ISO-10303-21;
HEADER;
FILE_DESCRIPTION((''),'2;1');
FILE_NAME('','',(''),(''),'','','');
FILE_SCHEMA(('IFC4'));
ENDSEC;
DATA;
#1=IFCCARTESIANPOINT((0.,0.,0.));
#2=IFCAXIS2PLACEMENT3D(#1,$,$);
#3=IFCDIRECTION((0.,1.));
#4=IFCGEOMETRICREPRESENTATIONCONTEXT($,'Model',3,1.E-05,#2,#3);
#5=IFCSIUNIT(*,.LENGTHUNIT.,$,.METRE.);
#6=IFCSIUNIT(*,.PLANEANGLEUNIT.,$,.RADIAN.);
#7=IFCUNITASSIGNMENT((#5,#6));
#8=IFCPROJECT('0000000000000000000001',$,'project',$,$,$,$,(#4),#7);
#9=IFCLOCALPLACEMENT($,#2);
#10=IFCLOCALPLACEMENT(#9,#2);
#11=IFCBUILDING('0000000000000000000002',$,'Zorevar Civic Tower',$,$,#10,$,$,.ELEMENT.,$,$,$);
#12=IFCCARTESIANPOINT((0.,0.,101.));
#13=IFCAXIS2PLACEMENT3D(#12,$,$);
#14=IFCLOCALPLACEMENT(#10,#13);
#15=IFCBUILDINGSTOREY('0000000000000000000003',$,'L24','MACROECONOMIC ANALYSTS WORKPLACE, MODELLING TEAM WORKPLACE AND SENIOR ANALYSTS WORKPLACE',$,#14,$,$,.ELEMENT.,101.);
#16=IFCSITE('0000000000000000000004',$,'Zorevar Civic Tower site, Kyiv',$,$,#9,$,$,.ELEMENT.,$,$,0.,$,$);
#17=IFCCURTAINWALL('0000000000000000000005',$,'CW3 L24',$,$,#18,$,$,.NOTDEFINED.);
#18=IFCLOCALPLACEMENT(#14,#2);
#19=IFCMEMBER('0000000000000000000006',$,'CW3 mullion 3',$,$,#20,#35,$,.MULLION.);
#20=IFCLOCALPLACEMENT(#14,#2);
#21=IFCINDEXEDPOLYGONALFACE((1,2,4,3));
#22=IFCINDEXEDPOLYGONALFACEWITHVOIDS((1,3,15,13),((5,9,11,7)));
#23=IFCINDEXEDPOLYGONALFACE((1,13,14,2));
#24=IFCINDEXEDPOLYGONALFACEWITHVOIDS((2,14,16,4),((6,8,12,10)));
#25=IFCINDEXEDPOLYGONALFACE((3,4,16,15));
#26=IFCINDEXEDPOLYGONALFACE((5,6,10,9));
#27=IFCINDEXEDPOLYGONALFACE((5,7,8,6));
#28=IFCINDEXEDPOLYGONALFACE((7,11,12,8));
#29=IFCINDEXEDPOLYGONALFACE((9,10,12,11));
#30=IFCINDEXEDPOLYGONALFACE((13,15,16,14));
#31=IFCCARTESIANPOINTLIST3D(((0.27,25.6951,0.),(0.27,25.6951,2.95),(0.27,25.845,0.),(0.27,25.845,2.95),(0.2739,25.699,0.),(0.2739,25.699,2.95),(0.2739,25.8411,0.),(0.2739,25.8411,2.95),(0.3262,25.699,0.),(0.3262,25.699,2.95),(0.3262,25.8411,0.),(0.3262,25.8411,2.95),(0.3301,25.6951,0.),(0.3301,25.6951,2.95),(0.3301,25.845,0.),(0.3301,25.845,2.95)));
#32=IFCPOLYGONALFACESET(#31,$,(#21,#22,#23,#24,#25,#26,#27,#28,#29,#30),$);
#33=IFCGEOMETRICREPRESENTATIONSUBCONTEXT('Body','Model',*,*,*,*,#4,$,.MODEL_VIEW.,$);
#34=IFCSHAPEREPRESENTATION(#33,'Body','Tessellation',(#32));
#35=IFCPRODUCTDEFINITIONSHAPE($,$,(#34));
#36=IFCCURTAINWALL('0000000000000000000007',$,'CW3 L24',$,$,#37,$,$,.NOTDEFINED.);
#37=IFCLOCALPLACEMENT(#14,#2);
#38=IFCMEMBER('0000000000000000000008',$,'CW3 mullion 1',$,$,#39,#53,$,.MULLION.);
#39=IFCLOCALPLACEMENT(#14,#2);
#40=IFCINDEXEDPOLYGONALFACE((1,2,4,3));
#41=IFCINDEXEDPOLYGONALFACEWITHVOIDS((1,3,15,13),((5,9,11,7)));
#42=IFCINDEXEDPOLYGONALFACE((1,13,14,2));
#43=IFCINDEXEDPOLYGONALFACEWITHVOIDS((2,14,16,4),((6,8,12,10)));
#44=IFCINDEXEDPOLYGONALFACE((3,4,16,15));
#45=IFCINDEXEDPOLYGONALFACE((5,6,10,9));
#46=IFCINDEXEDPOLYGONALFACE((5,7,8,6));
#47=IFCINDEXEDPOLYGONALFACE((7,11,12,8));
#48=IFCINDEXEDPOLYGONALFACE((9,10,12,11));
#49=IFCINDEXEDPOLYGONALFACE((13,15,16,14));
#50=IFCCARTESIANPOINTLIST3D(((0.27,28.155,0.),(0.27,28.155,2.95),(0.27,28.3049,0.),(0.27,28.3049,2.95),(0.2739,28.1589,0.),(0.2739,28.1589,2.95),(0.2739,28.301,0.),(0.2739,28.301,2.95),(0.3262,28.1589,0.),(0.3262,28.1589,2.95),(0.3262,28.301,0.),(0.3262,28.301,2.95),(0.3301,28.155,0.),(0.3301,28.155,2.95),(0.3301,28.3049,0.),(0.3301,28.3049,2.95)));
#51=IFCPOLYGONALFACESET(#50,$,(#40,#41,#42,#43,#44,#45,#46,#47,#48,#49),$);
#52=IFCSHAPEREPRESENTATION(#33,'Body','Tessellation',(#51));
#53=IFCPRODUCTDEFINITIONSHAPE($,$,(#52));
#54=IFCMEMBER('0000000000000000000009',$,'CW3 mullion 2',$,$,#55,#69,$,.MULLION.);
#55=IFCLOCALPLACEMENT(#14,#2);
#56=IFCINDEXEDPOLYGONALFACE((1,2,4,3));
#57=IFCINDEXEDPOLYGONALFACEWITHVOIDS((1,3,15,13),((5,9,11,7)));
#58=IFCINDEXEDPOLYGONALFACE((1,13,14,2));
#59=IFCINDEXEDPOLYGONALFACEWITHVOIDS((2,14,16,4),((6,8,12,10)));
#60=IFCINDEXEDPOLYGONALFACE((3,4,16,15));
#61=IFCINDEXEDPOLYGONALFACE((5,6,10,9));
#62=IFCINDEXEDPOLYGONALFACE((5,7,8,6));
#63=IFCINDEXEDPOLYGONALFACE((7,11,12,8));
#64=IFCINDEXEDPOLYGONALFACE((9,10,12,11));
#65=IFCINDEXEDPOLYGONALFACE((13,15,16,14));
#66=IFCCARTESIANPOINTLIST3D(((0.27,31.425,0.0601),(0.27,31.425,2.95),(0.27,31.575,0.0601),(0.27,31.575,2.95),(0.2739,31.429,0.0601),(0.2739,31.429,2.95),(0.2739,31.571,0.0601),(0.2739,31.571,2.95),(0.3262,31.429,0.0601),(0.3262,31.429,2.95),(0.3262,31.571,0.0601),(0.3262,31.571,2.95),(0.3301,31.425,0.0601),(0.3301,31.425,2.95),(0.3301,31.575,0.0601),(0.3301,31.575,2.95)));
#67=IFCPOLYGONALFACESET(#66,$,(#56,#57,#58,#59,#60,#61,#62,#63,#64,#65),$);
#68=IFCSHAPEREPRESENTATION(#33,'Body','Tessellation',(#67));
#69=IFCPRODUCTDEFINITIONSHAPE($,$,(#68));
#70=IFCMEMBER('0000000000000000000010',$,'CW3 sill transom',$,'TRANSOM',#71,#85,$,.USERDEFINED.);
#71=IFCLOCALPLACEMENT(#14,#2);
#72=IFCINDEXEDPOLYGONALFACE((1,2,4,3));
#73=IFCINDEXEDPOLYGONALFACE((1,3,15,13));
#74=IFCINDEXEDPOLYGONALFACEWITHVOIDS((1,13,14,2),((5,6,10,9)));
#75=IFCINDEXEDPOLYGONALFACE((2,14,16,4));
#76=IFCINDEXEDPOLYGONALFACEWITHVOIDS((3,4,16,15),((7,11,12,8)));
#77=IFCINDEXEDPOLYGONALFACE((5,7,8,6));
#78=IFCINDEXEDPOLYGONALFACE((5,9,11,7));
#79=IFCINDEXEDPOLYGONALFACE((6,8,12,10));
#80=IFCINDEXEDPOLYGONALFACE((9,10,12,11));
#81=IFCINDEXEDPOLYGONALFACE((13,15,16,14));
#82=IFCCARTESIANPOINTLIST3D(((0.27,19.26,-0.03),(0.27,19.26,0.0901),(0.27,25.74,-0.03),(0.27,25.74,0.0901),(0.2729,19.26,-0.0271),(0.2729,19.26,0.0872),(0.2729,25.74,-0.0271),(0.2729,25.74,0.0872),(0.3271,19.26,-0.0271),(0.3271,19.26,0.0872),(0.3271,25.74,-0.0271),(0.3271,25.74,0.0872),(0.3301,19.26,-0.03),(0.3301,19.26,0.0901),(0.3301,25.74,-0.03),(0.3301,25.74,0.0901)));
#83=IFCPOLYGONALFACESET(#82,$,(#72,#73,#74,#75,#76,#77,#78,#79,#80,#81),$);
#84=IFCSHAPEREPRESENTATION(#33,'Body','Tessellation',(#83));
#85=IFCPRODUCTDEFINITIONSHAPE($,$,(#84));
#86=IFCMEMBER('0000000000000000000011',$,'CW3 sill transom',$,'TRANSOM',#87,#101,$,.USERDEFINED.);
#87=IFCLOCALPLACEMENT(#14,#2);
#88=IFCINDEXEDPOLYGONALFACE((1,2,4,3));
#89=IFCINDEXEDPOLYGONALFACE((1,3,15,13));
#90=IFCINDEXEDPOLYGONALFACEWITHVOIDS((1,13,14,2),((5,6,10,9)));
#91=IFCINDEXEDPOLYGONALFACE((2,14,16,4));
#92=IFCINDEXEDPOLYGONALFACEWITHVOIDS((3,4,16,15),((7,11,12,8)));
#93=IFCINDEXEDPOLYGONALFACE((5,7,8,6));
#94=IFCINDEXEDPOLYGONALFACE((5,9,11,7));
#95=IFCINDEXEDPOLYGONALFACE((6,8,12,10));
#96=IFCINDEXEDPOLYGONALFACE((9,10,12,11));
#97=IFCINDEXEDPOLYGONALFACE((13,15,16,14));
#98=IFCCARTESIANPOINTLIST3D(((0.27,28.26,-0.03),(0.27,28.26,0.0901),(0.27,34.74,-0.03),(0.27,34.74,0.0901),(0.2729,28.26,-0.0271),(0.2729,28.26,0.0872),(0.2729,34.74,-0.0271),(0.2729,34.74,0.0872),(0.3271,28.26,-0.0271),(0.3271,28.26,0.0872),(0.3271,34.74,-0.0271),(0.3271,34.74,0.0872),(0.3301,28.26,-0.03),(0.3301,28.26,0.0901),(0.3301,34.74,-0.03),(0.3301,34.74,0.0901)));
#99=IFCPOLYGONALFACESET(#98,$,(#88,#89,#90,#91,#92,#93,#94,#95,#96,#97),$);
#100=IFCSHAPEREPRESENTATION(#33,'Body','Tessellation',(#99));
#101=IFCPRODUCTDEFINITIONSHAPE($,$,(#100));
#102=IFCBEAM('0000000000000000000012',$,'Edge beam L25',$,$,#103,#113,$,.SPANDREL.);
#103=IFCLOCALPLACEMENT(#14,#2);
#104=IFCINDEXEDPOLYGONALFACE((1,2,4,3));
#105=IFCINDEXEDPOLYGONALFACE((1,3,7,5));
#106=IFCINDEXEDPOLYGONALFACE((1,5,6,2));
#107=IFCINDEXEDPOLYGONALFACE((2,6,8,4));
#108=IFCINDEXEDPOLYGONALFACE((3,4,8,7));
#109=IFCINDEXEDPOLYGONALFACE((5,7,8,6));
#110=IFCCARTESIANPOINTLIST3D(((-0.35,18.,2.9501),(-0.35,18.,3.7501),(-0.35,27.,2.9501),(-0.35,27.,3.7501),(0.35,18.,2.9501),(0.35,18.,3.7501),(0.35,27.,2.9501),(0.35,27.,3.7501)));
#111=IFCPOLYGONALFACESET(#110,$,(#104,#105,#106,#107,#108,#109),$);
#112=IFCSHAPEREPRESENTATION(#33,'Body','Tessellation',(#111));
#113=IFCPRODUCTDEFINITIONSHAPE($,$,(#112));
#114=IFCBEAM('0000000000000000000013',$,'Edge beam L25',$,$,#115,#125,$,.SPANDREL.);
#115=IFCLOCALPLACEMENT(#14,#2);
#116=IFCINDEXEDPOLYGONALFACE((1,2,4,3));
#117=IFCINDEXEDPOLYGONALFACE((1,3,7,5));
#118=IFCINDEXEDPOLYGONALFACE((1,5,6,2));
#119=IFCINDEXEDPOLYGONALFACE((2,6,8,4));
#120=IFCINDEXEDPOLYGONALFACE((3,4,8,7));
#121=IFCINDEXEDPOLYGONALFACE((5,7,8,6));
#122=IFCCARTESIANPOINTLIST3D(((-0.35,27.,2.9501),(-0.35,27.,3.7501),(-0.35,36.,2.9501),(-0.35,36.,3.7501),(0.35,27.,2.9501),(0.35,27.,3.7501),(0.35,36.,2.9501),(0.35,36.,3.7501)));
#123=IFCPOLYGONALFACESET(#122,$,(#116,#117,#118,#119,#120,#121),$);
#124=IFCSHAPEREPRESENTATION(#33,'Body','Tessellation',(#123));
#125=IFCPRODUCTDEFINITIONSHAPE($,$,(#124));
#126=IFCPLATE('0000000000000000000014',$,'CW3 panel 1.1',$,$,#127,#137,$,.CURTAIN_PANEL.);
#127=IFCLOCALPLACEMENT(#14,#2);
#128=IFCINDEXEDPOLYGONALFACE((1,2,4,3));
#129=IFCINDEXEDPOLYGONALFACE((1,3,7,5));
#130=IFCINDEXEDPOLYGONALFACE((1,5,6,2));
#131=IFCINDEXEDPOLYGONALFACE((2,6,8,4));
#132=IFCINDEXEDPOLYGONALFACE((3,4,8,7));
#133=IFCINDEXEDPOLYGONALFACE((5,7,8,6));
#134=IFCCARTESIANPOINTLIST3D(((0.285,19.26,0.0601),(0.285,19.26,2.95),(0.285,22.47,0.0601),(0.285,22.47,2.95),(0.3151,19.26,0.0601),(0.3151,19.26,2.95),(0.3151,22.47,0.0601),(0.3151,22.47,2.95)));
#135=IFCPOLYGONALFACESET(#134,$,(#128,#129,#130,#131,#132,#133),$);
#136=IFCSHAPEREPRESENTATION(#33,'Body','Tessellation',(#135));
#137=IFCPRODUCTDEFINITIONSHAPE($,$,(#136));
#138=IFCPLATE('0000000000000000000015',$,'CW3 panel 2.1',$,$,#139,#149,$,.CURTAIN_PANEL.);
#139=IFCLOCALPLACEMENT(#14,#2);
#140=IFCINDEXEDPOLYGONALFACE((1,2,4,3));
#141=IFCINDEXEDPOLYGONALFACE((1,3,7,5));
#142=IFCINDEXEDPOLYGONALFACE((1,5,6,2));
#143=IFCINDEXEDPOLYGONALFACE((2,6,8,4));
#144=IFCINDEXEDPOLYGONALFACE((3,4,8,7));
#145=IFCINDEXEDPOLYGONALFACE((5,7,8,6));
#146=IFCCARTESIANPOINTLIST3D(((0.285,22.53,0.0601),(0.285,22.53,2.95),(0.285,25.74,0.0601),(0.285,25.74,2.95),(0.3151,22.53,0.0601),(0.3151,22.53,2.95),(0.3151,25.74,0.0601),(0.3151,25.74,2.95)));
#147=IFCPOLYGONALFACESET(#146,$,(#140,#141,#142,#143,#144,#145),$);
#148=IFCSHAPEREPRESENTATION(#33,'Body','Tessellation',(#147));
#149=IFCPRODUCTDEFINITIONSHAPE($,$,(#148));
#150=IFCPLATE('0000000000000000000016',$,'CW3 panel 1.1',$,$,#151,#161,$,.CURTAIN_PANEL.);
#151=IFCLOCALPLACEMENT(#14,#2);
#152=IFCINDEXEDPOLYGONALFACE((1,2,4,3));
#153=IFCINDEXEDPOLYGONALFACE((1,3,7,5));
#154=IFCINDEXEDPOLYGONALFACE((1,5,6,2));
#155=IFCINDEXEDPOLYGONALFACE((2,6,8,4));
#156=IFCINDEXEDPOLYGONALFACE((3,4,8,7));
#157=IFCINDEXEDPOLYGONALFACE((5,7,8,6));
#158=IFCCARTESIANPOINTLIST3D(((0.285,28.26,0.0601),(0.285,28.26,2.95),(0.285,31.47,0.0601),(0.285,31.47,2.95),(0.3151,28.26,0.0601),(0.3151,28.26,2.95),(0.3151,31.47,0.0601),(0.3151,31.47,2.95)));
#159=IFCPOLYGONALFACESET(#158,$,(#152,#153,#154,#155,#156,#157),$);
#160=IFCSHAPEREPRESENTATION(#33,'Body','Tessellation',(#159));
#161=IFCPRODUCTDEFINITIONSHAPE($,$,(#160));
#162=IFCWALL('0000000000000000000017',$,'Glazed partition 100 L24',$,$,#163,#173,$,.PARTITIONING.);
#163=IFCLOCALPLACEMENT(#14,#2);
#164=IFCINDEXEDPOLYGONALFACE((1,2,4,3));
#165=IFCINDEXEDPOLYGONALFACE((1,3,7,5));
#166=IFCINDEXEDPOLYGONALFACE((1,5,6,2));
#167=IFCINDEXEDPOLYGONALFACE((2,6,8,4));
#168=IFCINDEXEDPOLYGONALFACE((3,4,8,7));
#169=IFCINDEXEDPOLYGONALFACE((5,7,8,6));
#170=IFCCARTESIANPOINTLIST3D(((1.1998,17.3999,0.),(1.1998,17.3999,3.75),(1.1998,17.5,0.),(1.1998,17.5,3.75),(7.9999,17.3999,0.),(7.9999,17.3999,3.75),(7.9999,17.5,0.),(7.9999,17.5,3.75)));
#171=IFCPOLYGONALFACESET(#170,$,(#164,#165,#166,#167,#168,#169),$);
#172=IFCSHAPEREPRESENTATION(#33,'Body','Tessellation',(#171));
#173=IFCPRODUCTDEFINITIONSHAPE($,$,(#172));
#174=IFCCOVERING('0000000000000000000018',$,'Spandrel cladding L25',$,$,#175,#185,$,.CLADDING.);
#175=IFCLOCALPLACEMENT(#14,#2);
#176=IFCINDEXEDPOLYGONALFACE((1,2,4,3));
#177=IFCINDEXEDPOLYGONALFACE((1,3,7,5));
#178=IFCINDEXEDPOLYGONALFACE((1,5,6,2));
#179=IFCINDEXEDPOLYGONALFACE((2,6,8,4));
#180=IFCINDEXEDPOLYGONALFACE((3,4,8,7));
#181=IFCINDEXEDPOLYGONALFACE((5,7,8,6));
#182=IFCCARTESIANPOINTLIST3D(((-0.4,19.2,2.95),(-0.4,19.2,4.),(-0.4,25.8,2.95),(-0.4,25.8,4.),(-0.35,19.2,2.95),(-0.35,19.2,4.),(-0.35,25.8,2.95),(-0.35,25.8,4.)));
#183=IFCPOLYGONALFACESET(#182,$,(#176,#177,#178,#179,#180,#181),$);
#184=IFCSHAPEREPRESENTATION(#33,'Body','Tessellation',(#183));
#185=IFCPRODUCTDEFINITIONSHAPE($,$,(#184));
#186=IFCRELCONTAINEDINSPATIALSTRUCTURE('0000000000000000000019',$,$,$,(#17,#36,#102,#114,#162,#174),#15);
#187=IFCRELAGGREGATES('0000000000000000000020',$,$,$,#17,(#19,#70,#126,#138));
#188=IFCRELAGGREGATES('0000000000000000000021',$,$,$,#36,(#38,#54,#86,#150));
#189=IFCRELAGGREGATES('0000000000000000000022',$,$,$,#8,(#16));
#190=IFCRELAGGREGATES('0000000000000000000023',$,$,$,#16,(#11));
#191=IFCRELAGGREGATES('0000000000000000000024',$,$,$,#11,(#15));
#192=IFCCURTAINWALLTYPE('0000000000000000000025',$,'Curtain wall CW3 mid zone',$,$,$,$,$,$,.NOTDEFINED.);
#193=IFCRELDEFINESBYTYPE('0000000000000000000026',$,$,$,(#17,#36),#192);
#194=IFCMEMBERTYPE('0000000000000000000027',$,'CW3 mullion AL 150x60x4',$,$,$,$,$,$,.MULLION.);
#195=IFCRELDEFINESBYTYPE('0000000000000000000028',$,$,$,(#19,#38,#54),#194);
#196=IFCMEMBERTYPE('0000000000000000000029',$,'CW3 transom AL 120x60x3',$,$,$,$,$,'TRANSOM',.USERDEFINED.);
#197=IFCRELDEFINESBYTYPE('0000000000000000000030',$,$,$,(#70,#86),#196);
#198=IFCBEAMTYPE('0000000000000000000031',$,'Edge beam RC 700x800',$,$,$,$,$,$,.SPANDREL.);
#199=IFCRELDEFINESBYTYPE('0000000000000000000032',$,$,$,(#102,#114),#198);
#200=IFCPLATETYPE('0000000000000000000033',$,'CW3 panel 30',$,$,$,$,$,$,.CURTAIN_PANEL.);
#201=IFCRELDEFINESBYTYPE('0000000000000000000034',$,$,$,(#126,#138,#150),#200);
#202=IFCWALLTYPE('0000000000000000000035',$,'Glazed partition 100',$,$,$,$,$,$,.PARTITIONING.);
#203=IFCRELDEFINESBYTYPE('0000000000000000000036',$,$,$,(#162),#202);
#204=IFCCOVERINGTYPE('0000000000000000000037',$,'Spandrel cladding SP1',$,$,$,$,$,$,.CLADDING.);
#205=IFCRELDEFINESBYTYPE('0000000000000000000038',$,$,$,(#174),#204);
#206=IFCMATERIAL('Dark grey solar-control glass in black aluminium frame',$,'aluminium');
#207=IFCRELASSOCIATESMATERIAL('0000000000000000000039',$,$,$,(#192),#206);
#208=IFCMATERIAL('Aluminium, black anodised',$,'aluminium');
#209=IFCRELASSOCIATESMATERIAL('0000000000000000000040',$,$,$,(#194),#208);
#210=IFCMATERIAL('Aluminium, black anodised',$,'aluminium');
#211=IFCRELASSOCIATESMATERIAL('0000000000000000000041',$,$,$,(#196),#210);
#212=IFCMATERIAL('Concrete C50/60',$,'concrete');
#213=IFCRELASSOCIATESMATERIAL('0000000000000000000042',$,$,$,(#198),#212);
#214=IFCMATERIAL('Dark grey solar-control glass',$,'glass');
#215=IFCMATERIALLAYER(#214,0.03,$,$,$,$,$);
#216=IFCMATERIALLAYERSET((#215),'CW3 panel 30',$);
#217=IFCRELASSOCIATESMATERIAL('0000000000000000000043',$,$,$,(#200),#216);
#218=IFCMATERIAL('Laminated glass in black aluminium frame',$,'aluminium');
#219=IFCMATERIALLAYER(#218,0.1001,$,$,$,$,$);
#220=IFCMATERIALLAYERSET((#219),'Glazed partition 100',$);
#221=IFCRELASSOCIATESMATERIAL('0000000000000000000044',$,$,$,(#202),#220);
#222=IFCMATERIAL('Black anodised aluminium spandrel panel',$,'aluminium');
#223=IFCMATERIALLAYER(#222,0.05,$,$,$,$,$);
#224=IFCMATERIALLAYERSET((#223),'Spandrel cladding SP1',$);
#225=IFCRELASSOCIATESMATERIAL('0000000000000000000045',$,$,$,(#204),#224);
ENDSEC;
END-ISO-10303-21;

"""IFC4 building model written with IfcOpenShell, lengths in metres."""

from ifc_helpers import new_model, si_unit, direction, frame, frame_2d, origin, origin_2d, place, context, subcontext, project, spatial, rectangle, hollow_rectangle, extrude, material, layer, layer_set, material_profile, profile_set, type_object, element, aggregate, save


model = new_model("IFC4")

# Units and contexts
model_context = context("Model", 3, precision=1e-05, world=origin(), true_north=direction((0.0, 1.0)))
body_context = subcontext(model_context, "Body", "Model", "MODEL_VIEW")
ifc_project = project(units=[si_unit("LENGTHUNIT", "METRE"), si_unit("PLANEANGLEUNIT", "RADIAN")], contexts=[model_context])

# Site, building, storey
site_placement = place(None, origin())
site = spatial("IfcSite", under=ifc_project, at=site_placement, Name="Zorevar Civic Tower site, Kyiv", CompositionType="ELEMENT", RefElevation=0.0)
building_placement = place(site_placement, origin())
building = spatial("IfcBuilding", under=site, at=building_placement, Name="Zorevar Civic Tower", CompositionType="ELEMENT")
storey_placement = place(building_placement, frame((0.0, 0.0, 101.0)))
storey = spatial("IfcBuildingStorey", under=building, at=storey_placement, Name="L24", Description="MACROECONOMIC ANALYSTS WORKPLACE, MODELLING TEAM WORKPLACE AND SENIOR ANALYSTS WORKPLACE", CompositionType="ELEMENT", Elevation=101.0)

# Curtain walls, members
ifc_material_1 = material(Name="Dark grey solar-control glass in black aluminium frame", Category="aluminium")
curtain_wall_type = type_object("IfcCurtainWallType", Name="Curtain wall CW3 mid zone", PredefinedType="NOTDEFINED", material=ifc_material_1)
curtain_wall_1_placement = place(storey_placement, origin())
curtain_wall_1 = element("IfcCurtainWall", 1, at=curtain_wall_1_placement, inside=storey, type_object=curtain_wall_type, Name="CW3 L24", PredefinedType="NOTDEFINED")
ifc_material_2 = material(Name="Aluminium, black anodised", Category="aluminium")
ifc_material_profile_1 = material_profile(ifc_material_2, hollow_rectangle(XDim=0.0601, YDim=0.1499, WallThickness=0.0039, at=origin_2d()), Name="AL 150x60x4")
ifc_profile_set_1 = profile_set([ifc_material_profile_1], Name="Aluminium, black anodised")
member_type_1 = type_object("IfcMemberType", Name="CW3 mullion AL 150x60x4", PredefinedType="MULLION", material=ifc_profile_set_1)
member_1_placement = place(storey_placement, frame((0.3, 25.77, 0.0), z_axis=(0.0, 0.0, 1.0), x_axis=(-1.0, 0.0, 0.0)))
member_1 = element("IfcMember", 2, at=member_1_placement, type_object=member_type_1, Name="CW3 mullion 3", PredefinedType="MULLION", context=body_context, shape_type="SweptSolid", body=[
    extrude(hollow_rectangle(XDim=0.0601, YDim=0.1499, WallThickness=0.0039, at=origin_2d()), origin(), (0.0, 0.0, 1.0), 2.95),
])
curtain_wall_2_placement = place(storey_placement, origin())
curtain_wall_2 = element("IfcCurtainWall", 3, at=curtain_wall_2_placement, inside=storey, type_object=curtain_wall_type, Name="CW3 L24", PredefinedType="NOTDEFINED")
member_2_placement = place(storey_placement, frame((0.3, 28.23, 0.0), z_axis=(0.0, 0.0, 1.0), x_axis=(-1.0, 0.0, 0.0)))
member_2 = element("IfcMember", 4, at=member_2_placement, type_object=member_type_1, Name="CW3 mullion 1", PredefinedType="MULLION", context=body_context, shape_type="SweptSolid", body=[
    extrude(hollow_rectangle(XDim=0.0601, YDim=0.1499, WallThickness=0.0039, at=origin_2d()), origin(), (0.0, 0.0, 1.0), 2.95),
])
member_3_placement = place(storey_placement, frame((0.3, 31.5, 0.0601), z_axis=(0.0, 0.0, 1.0), x_axis=(-1.0, 0.0, 0.0)))
member_3 = element("IfcMember", 5, at=member_3_placement, type_object=member_type_1, Name="CW3 mullion 2", PredefinedType="MULLION", context=body_context, shape_type="SweptSolid", body=[
    extrude(hollow_rectangle(XDim=0.0601, YDim=0.1499, WallThickness=0.0039, at=origin_2d()), origin(), (0.0, 0.0, 1.0), 2.8899),
])

# Members
ifc_material_3 = material(Name="Aluminium, black anodised", Category="aluminium")
ifc_material_profile_2 = material_profile(ifc_material_3, hollow_rectangle(XDim=0.0601, YDim=0.1201, WallThickness=0.0029, at=origin_2d()), Name="AL 120x60x3")
ifc_profile_set_2 = profile_set([ifc_material_profile_2], Name="Aluminium, black anodised")
member_type_2 = type_object("IfcMemberType", Name="CW3 transom AL 120x60x3", ElementType="TRANSOM", PredefinedType="USERDEFINED", material=ifc_profile_set_2)
member_4_placement = place(storey_placement, frame((0.3, 19.26, 0.03), z_axis=(0.0, 1.0, 0.0), x_axis=(-1.0, 0.0, 0.0)))
member_4 = element("IfcMember", 6, at=member_4_placement, type_object=member_type_2, Name="CW3 sill transom", ObjectType="TRANSOM", PredefinedType="USERDEFINED", context=body_context, shape_type="SweptSolid", body=[
    extrude(hollow_rectangle(XDim=0.0601, YDim=0.1201, WallThickness=0.0029, at=origin_2d()), origin(), (0.0, 0.0, 1.0), 6.48),
])
member_5_placement = place(storey_placement, frame((0.3, 28.26, 0.03), z_axis=(0.0, 1.0, 0.0), x_axis=(-1.0, 0.0, 0.0)))
member_5 = element("IfcMember", 7, at=member_5_placement, type_object=member_type_2, Name="CW3 sill transom", ObjectType="TRANSOM", PredefinedType="USERDEFINED", context=body_context, shape_type="SweptSolid", body=[
    extrude(hollow_rectangle(XDim=0.0601, YDim=0.1201, WallThickness=0.0029, at=origin_2d()), origin(), (0.0, 0.0, 1.0), 6.48),
])

# Beams
ifc_material_4 = material(Name="Concrete C50/60", Category="concrete")
ifc_material_profile_3 = material_profile(ifc_material_4, rectangle(XDim=0.7, YDim=0.8, at=origin_2d()), Name="RC 700x800")
ifc_profile_set_3 = profile_set([ifc_material_profile_3], Name="Concrete C50/60")
beam_type_1 = type_object("IfcBeamType", Name="Edge beam RC 700x800", PredefinedType="SPANDREL", material=ifc_profile_set_3)
for number, where, z_axis, x_axis, name in (
    (8, (0.0, 18.0, 3.3501), (0.0, 1.0, 0.0), (-1.0, 0.0, 0.0), "Edge beam L25"),
    (9, (0.0, 27.0, 3.3501), (0.0, 1.0, 0.0), (-1.0, 0.0, 0.0), "Edge beam L25"),
):
    element("IfcBeam", number, at=place(storey_placement, frame(where, z_axis=z_axis, x_axis=x_axis)), inside=storey, type_object=beam_type_1, Name=name, PredefinedType="SPANDREL", context=body_context, shape_type="SweptSolid", body=[
        extrude(rectangle(XDim=0.7, YDim=0.8, at=origin_2d()), origin(), (0.0, 0.0, 1.0), 9.0),
    ])

# Plates
ifc_material_5 = material(Name="Dark grey solar-control glass", Category="glass")
ifc_layer_1 = layer(ifc_material_5, 0.03)
ifc_layer_set_1 = layer_set([ifc_layer_1], Name="CW3 panel 30")
plate_type = type_object("IfcPlateType", Name="CW3 panel 30", PredefinedType="CURTAIN_PANEL", material=ifc_layer_set_1)
plate_1_placement = place(storey_placement, frame((0.3, 20.865, 0.0601), z_axis=(0.0, 0.0, 1.0), x_axis=(0.0, 1.0, 0.0)))
plate_1 = element("IfcPlate", 10, at=plate_1_placement, type_object=plate_type, Name="CW3 panel 1.1", PredefinedType="CURTAIN_PANEL", context=body_context, shape_type="SweptSolid", body=[
    extrude(rectangle(XDim=3.21, YDim=0.03, at=origin_2d()), origin(), (0.0, 0.0, 1.0), 2.8899),
])
plate_2_placement = place(storey_placement, frame((0.3, 24.135, 0.0601), z_axis=(0.0, 0.0, 1.0), x_axis=(0.0, 1.0, 0.0)))
plate_2 = element("IfcPlate", 11, at=plate_2_placement, type_object=plate_type, Name="CW3 panel 2.1", PredefinedType="CURTAIN_PANEL", context=body_context, shape_type="SweptSolid", body=[
    extrude(rectangle(XDim=3.21, YDim=0.03, at=origin_2d()), origin(), (0.0, 0.0, 1.0), 2.8899),
])
aggregate(curtain_wall_1, [member_1, member_4, plate_1, plate_2])
plate_3_placement = place(storey_placement, frame((0.3, 29.865, 0.0601), z_axis=(0.0, 0.0, 1.0), x_axis=(0.0, 1.0, 0.0)))
plate_3 = element("IfcPlate", 12, at=plate_3_placement, type_object=plate_type, Name="CW3 panel 1.1", PredefinedType="CURTAIN_PANEL", context=body_context, shape_type="SweptSolid", body=[
    extrude(rectangle(XDim=3.21, YDim=0.03, at=origin_2d()), origin(), (0.0, 0.0, 1.0), 2.8899),
])
aggregate(curtain_wall_2, [member_2, member_3, member_5, plate_3])

# Wall
ifc_material_6 = material(Name="Laminated glass in black aluminium frame", Category="aluminium")
ifc_layer_2 = layer(ifc_material_6, 0.1001)
ifc_layer_set_2 = layer_set([ifc_layer_2], Name="Glazed partition 100")
wall_type = type_object("IfcWallType", Name="Glazed partition 100", PredefinedType="PARTITIONING", material=ifc_layer_set_2)
wall_placement = place(storey_placement, frame((1.2, 17.45, 0.0), z_axis=(0.0, 0.0, 1.0), x_axis=(1.0, 0.0, 0.0)))
element("IfcWall", 13, at=wall_placement, inside=storey, type_object=wall_type, Name="Glazed partition 100 L24", PredefinedType="PARTITIONING", context=body_context, shape_type="SweptSolid", body=[
    extrude(rectangle(XDim=6.8, YDim=0.1001, at=frame_2d((3.3999, 0.0))), origin(), (0.0, 0.0, 1.0), 3.75),
])

# Covering
ifc_material_7 = material(Name="Black anodised aluminium spandrel panel", Category="aluminium")
ifc_layer_3 = layer(ifc_material_7, 0.05)
ifc_layer_set_3 = layer_set([ifc_layer_3], Name="Spandrel cladding SP1")
covering_type = type_object("IfcCoveringType", Name="Spandrel cladding SP1", PredefinedType="CLADDING", material=ifc_layer_set_3)
for number, where, z_axis, x_axis, name in (
    (14, (-0.375, 19.2, 2.95), (0.0, 0.0, 1.0), (0.0, 1.0, 0.0), "Spandrel cladding L25"),
):
    element("IfcCovering", number, at=place(storey_placement, frame(where, z_axis=z_axis, x_axis=x_axis)), inside=storey, type_object=covering_type, Name=name, PredefinedType="CLADDING", context=body_context, shape_type="SweptSolid", body=[
        extrude(rectangle(XDim=6.6001, YDim=0.05, at=frame_2d((3.3, 0.0))), origin(), (0.0, 0.0, 1.0), 1.05),
    ])

save(model, "model.ifc")
